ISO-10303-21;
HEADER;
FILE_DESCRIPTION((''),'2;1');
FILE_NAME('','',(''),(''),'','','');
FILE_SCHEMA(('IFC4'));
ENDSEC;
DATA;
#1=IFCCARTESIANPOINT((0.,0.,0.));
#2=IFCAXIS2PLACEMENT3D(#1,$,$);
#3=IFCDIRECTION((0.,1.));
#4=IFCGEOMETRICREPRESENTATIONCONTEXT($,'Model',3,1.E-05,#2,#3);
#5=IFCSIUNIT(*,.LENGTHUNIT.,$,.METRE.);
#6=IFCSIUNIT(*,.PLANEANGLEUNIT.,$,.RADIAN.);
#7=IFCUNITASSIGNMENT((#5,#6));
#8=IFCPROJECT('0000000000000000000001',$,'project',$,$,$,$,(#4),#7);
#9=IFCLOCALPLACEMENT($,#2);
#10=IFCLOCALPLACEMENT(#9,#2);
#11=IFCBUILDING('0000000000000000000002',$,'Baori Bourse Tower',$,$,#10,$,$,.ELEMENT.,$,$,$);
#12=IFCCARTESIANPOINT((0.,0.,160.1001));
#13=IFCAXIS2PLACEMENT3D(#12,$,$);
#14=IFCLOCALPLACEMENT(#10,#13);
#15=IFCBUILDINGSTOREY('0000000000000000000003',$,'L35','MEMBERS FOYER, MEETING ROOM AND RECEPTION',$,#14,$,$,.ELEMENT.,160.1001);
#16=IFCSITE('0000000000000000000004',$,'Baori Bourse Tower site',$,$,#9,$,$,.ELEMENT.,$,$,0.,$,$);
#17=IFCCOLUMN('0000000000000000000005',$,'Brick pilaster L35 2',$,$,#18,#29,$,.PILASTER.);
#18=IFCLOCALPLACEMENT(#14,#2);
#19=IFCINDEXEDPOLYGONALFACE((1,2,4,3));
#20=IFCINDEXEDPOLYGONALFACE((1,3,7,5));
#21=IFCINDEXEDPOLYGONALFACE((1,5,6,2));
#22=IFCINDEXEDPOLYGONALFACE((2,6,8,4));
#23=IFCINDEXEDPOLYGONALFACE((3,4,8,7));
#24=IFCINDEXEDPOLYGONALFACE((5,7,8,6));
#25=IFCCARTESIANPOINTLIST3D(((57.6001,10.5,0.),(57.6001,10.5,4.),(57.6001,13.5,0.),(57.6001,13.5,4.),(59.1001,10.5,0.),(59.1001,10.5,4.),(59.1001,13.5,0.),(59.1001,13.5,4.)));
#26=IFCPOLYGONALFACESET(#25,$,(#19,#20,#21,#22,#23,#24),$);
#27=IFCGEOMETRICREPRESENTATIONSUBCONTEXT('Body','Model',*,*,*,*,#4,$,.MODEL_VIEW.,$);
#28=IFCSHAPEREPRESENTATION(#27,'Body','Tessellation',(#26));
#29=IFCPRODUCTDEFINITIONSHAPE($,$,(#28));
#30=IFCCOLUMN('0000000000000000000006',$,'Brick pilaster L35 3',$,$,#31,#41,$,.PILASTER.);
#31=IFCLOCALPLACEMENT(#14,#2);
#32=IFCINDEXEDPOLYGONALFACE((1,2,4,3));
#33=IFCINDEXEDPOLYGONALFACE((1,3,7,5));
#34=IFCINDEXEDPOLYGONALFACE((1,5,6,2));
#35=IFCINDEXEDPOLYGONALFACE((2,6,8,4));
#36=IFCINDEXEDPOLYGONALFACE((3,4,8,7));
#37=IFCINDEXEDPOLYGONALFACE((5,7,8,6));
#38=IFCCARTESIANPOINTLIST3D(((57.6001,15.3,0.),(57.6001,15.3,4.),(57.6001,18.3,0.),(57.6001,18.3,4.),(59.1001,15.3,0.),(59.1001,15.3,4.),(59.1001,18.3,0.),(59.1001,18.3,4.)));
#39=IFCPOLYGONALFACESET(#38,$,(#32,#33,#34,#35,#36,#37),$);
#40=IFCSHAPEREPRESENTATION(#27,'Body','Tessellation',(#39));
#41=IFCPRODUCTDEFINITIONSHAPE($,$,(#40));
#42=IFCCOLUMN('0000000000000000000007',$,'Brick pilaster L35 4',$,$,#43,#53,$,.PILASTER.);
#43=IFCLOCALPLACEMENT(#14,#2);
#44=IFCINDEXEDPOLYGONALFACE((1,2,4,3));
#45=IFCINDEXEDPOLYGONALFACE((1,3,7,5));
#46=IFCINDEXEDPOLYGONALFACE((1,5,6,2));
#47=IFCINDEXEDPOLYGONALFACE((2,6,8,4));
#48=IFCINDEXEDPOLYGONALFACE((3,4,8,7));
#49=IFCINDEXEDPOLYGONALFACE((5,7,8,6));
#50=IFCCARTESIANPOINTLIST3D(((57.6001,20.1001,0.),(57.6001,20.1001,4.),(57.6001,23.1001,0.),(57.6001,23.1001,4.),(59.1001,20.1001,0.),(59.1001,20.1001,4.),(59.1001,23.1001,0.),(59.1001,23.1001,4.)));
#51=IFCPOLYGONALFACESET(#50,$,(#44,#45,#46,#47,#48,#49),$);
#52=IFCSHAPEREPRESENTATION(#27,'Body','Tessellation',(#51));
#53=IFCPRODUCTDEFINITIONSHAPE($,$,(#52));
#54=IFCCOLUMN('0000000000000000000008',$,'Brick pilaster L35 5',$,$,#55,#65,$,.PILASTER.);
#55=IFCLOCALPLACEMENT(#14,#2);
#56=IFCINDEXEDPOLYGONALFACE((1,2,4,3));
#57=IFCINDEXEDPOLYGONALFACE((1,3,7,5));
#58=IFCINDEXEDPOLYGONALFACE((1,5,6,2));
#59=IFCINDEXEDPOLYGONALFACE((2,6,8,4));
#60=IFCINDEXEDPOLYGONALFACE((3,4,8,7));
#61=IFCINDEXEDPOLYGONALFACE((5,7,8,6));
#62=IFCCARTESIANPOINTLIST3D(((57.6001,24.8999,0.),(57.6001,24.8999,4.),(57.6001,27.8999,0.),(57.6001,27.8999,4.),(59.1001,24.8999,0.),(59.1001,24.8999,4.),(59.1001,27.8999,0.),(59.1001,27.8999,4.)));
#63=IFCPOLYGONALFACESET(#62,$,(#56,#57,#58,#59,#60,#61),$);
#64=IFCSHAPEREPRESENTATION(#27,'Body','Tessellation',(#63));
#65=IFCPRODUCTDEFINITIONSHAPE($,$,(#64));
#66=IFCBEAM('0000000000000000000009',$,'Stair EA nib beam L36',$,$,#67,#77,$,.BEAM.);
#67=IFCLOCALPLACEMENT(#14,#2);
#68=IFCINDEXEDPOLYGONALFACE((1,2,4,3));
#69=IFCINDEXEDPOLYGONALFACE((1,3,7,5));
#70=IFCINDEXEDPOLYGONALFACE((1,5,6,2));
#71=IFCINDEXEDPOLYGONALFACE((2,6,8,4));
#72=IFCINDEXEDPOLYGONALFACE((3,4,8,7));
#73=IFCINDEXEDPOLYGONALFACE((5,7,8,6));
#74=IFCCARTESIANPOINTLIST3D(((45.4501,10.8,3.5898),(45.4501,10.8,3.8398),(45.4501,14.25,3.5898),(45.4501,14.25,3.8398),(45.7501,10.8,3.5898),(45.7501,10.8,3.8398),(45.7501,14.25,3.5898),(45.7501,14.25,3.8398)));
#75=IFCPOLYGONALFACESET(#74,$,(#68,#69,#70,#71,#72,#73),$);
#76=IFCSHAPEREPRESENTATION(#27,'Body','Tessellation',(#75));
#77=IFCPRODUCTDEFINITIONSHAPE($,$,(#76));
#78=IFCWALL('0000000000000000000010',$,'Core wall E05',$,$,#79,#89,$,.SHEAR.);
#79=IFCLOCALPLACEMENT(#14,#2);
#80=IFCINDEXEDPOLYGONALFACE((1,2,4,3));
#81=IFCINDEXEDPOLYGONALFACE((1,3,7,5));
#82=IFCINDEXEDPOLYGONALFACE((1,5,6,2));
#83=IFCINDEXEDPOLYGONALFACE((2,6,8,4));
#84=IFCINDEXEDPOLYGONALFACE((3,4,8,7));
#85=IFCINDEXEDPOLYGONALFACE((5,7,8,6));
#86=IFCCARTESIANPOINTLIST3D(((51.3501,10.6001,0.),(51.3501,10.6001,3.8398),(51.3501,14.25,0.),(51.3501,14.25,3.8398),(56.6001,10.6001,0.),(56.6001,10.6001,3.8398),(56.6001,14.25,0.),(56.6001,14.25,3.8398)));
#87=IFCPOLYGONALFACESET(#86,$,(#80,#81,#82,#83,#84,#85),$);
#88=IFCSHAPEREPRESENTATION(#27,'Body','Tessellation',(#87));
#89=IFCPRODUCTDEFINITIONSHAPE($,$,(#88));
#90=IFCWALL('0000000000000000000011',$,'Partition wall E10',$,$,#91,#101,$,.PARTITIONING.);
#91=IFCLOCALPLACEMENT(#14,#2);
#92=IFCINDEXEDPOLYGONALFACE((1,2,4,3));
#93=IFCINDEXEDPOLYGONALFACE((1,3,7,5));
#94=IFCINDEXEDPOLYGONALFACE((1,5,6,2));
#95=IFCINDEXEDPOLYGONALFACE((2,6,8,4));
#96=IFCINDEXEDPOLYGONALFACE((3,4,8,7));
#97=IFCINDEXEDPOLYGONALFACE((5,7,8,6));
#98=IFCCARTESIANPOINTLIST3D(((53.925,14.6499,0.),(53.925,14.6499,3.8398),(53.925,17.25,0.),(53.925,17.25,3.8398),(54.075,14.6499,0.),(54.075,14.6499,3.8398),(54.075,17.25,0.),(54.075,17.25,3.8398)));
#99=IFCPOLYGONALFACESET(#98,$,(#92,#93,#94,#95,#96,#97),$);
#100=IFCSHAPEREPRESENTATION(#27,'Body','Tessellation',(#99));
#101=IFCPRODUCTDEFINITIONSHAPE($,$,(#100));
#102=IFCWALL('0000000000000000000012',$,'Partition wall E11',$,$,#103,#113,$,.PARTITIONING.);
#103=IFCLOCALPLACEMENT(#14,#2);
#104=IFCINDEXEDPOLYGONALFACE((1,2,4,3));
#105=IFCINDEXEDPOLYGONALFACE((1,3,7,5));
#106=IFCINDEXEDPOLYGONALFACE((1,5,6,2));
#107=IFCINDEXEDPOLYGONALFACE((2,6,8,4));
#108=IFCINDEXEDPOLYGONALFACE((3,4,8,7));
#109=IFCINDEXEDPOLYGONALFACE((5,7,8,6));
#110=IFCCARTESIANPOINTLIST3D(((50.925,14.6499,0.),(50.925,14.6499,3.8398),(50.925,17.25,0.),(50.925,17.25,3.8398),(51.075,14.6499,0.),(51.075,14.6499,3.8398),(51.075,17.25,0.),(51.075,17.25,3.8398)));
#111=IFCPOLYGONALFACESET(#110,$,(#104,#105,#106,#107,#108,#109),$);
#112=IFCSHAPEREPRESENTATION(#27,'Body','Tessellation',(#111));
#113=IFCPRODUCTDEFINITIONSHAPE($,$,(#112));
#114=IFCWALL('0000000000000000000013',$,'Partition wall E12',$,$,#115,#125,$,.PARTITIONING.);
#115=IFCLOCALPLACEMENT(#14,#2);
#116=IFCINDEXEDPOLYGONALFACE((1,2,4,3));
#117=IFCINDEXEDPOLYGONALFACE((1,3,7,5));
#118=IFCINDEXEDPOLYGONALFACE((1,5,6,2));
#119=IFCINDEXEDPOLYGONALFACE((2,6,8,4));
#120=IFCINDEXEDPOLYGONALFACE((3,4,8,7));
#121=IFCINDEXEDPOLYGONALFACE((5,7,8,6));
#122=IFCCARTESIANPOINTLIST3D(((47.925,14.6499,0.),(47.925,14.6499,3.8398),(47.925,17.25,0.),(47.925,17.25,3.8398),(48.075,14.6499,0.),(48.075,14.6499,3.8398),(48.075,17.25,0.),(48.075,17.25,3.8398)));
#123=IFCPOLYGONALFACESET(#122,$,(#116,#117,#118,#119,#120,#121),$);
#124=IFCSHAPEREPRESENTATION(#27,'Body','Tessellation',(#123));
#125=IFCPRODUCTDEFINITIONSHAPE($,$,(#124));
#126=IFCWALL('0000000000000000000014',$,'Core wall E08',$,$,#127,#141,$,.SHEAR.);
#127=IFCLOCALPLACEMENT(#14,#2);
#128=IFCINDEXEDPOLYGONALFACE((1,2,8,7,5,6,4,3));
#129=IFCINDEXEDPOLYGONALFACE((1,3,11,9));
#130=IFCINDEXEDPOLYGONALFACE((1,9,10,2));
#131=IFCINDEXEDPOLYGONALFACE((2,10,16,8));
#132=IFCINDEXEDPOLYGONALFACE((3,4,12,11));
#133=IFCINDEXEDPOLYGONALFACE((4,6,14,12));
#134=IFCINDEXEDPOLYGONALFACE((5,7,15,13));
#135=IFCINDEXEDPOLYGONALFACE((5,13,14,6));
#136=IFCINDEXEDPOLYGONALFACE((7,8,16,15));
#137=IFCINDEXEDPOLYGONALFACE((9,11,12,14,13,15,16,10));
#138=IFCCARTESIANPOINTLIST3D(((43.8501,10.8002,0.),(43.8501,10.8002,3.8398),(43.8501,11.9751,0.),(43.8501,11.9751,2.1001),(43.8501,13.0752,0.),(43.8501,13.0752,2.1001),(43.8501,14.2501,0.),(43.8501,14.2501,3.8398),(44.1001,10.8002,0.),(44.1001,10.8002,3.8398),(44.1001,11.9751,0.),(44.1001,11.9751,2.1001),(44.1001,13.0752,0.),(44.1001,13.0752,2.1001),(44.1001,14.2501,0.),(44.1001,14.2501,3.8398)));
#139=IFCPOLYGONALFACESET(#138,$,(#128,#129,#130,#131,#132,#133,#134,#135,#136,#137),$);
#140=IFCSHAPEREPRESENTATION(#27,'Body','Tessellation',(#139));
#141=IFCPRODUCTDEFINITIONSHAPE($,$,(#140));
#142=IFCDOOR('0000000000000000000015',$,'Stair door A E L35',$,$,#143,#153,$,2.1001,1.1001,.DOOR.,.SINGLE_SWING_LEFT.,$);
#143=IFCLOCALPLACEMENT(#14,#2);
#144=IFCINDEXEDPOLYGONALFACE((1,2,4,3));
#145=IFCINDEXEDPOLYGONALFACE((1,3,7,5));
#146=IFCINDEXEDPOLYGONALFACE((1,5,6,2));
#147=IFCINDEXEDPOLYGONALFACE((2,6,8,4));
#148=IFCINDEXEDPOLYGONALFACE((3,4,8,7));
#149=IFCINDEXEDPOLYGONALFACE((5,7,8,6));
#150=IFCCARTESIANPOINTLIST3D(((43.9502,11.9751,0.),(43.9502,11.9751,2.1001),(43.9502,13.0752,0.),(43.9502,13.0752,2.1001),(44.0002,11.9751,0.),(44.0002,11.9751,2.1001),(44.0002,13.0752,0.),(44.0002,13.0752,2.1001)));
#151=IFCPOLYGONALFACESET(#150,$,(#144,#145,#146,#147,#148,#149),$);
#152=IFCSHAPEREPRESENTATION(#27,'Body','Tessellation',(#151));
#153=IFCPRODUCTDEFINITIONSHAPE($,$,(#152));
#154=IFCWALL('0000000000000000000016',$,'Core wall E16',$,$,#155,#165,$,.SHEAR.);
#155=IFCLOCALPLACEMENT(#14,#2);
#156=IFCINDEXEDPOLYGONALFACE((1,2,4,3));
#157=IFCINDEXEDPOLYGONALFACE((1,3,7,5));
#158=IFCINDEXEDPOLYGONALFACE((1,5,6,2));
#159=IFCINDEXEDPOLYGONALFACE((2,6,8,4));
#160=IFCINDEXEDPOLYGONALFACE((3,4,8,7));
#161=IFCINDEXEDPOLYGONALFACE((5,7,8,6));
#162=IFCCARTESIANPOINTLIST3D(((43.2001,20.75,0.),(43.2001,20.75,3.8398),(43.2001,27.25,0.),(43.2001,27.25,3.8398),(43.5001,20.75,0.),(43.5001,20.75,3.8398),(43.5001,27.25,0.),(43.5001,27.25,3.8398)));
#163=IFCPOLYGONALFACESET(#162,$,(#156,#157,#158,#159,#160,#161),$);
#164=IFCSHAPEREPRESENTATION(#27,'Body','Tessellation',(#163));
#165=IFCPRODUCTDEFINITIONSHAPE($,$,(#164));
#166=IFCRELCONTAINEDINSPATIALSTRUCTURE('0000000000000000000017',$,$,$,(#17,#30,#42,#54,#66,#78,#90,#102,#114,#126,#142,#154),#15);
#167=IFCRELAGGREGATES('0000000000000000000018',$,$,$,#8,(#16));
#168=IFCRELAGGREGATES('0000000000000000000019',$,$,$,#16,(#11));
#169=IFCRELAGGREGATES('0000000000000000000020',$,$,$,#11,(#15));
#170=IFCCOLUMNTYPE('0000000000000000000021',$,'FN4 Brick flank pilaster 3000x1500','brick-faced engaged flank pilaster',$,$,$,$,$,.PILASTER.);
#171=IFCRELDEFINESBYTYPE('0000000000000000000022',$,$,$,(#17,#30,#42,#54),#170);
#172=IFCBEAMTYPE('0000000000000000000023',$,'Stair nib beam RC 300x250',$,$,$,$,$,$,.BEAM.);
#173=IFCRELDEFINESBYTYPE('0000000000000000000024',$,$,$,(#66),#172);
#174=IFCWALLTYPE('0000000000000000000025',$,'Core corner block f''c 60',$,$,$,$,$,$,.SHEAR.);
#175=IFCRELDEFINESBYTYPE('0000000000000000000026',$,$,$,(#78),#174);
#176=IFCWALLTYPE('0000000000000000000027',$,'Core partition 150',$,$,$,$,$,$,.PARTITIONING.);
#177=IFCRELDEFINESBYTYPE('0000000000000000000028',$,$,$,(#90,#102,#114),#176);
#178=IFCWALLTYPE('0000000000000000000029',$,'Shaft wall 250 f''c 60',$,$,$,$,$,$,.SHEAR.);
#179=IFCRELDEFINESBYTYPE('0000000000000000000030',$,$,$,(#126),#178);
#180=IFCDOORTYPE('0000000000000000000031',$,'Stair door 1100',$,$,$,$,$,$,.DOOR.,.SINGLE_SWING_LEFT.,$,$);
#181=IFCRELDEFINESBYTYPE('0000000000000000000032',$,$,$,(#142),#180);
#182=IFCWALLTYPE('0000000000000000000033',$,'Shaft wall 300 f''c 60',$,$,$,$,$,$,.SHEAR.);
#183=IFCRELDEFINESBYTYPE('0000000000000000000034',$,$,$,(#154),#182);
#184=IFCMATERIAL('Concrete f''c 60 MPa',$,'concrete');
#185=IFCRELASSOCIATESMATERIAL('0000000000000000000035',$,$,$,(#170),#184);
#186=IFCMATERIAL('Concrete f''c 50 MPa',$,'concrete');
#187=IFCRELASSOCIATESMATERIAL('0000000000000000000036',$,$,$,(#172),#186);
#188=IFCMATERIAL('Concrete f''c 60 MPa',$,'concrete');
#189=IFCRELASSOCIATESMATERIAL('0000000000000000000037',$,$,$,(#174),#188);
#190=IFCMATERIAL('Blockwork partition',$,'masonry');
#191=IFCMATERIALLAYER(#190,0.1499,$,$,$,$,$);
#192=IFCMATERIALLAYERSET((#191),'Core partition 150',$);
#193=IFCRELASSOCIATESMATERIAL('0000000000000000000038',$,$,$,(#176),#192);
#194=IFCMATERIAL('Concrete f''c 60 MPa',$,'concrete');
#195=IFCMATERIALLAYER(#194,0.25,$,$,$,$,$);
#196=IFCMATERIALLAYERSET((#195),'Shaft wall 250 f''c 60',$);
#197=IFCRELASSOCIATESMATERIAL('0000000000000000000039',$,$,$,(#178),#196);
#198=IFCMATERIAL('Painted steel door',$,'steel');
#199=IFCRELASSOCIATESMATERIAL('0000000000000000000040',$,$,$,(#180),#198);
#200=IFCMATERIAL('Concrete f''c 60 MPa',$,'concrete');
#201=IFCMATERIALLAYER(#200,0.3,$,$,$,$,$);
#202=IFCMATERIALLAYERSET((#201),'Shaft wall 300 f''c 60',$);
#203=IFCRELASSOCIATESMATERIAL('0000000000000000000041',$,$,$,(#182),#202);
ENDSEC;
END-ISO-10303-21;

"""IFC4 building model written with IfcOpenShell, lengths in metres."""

from ifc_helpers import new_model, si_unit, direction, frame, frame_2d, origin, origin_2d, place, context, subcontext, project, spatial, rectangle, extrude, material, layer, layer_set, material_profile, profile_set, type_object, element, fill, save


model = new_model("IFC4")

# Units and contexts
model_context = context("Model", 3, precision=1e-05, world=origin(), true_north=direction((0.0, 1.0)))
body_context = subcontext(model_context, "Body", "Model", "MODEL_VIEW")
ifc_project = project(units=[si_unit("LENGTHUNIT", "METRE"), si_unit("PLANEANGLEUNIT", "RADIAN")], contexts=[model_context])

# Site, building, storey
site_placement = place(None, origin())
site = spatial("IfcSite", under=ifc_project, at=site_placement, Name="Baori Bourse Tower site", CompositionType="ELEMENT", RefElevation=0.0)
building_placement = place(site_placement, origin())
building = spatial("IfcBuilding", under=site, at=building_placement, Name="Baori Bourse Tower", CompositionType="ELEMENT")
storey_placement = place(building_placement, frame((0.0, 0.0, 160.1001)))
storey = spatial("IfcBuildingStorey", under=building, at=storey_placement, Name="L35", Description="MEMBERS FOYER, MEETING ROOM AND RECEPTION", CompositionType="ELEMENT", Elevation=160.1001)

# Columns
ifc_material_1 = material(Name="Concrete f'c 60 MPa", Category="concrete")
ifc_material_profile_1 = material_profile(ifc_material_1, rectangle(XDim=3.0, YDim=1.5, at=origin_2d()), Name="RC 3000x1500")
ifc_profile_set_1 = profile_set([ifc_material_profile_1], Name="Concrete f'c 60 MPa")
column_type = type_object("IfcColumnType", Name="FN4 Brick flank pilaster 3000x1500", Description="brick-faced engaged flank pilaster", PredefinedType="PILASTER", material=ifc_profile_set_1)
for number, where, z_axis, x_axis, name in (
    (1, (58.3501, 12.0, 0.0), (0.0, 0.0, 1.0), (0.0, 1.0, 0.0), "Brick pilaster L35 2"),
    (2, (58.3501, 16.8, 0.0), (0.0, 0.0, 1.0), (0.0, 1.0, 0.0), "Brick pilaster L35 3"),
    (3, (58.3501, 21.6001, 0.0), (0.0, 0.0, 1.0), (0.0, 1.0, 0.0), "Brick pilaster L35 4"),
    (4, (58.3501, 26.3999, 0.0), (0.0, 0.0, 1.0), (0.0, 1.0, 0.0), "Brick pilaster L35 5"),
):
    element("IfcColumn", number, at=place(storey_placement, frame(where, z_axis=z_axis, x_axis=x_axis)), inside=storey, type_object=column_type, Name=name, PredefinedType="PILASTER", context=body_context, shape_type="SweptSolid", body=[
        extrude(rectangle(XDim=3.0, YDim=1.5, at=origin_2d()), origin(), (0.0, 0.0, 1.0), 4.0),
    ])

# Beam
ifc_material_2 = material(Name="Concrete f'c 50 MPa", Category="concrete")
ifc_material_profile_2 = material_profile(ifc_material_2, rectangle(XDim=0.3, YDim=0.25, at=origin_2d()), Name="RC 300x250")
ifc_profile_set_2 = profile_set([ifc_material_profile_2], Name="Concrete f'c 50 MPa")
beam_type = type_object("IfcBeamType", Name="Stair nib beam RC 300x250", PredefinedType="BEAM", material=ifc_profile_set_2)
beam_placement = place(storey_placement, frame((45.6001, 10.8, 3.7148), z_axis=(0.0, 1.0, 0.0), x_axis=(-1.0, 0.0, 0.0)))
element("IfcBeam", 5, at=beam_placement, inside=storey, type_object=beam_type, Name="Stair EA nib beam L36", PredefinedType="BEAM", context=body_context, shape_type="SweptSolid", body=[
    extrude(rectangle(XDim=0.3, YDim=0.25, at=origin_2d()), origin(), (0.0, 0.0, 1.0), 3.45),
])

# Walls
ifc_material_3 = material(Name="Concrete f'c 60 MPa", Category="concrete")
wall_type_1 = type_object("IfcWallType", Name="Core corner block f'c 60", PredefinedType="SHEAR", material=ifc_material_3)
wall_1_placement = place(storey_placement, frame((51.3501, 12.425, 0.0), z_axis=(0.0, 0.0, 1.0), x_axis=(1.0, 0.0, 0.0)))
element("IfcWall", 6, at=wall_1_placement, inside=storey, type_object=wall_type_1, Name="Core wall E05", PredefinedType="SHEAR", context=body_context, shape_type="SweptSolid", body=[
    extrude(rectangle(XDim=5.25, YDim=3.6499, at=frame_2d((2.625, 0.0))), origin(), (0.0, 0.0, 1.0), 3.8398),
])
ifc_material_4 = material(Name="Blockwork partition", Category="masonry")
ifc_layer_1 = layer(ifc_material_4, 0.1499)
ifc_layer_set_1 = layer_set([ifc_layer_1], Name="Core partition 150")
wall_type_2 = type_object("IfcWallType", Name="Core partition 150", PredefinedType="PARTITIONING", material=ifc_layer_set_1)
for number, where, z_axis, x_axis, name in (
    (7, (54.0, 14.6499, 0.0), (0.0, 0.0, 1.0), (0.0, 1.0, 0.0), "Partition wall E10"),
    (8, (51.0, 14.6499, 0.0), (0.0, 0.0, 1.0), (0.0, 1.0, 0.0), "Partition wall E11"),
    (9, (48.0, 14.6499, 0.0), (0.0, 0.0, 1.0), (0.0, 1.0, 0.0), "Partition wall E12"),
):
    element("IfcWall", number, at=place(storey_placement, frame(where, z_axis=z_axis, x_axis=x_axis)), inside=storey, type_object=wall_type_2, Name=name, PredefinedType="PARTITIONING", context=body_context, shape_type="SweptSolid", body=[
        extrude(rectangle(XDim=2.6001, YDim=0.1499, at=frame_2d((1.3, 0.0))), origin(), (0.0, 0.0, 1.0), 3.8398),
    ])

# Wall, opening, door
ifc_material_5 = material(Name="Concrete f'c 60 MPa", Category="concrete")
ifc_layer_2 = layer(ifc_material_5, 0.25)
ifc_layer_set_2 = layer_set([ifc_layer_2], Name="Shaft wall 250 f'c 60")
wall_type_3 = type_object("IfcWallType", Name="Shaft wall 250 f'c 60", PredefinedType="SHEAR", material=ifc_layer_set_2)
wall_2_placement = place(storey_placement, frame((43.9751, 10.8, 0.0), z_axis=(0.0, 0.0, 1.0), x_axis=(0.0, 1.0, 0.0)))
wall_2 = element("IfcWall", 10, at=wall_2_placement, inside=storey, type_object=wall_type_3, Name="Core wall E08", PredefinedType="SHEAR", context=body_context, shape_type="SweptSolid", body=[
    extrude(rectangle(XDim=3.45, YDim=0.25, at=frame_2d((1.7251, 0.0))), origin(), (0.0, 0.0, 1.0), 3.8398),
])
opening_1_placement = place(wall_2_placement, frame((1.175, 0.0, 0.0)))
opening_1 = element("IfcOpeningElement", 11, at=opening_1_placement, cuts=wall_2, PredefinedType="OPENING", context=body_context, shape_type="SweptSolid", body=[
    extrude(rectangle(XDim=1.1001, YDim=2.1001, at=frame_2d((0.55, 1.05))), frame((0.0, 0.135, 0.0), z_axis=(0.0, -1.0, 0.0), x_axis=(1.0, 0.0, 0.0)), (0.0, 0.0, 1.0), 0.27),
])
ifc_material_6 = material(Name="Painted steel door", Category="steel")
door_type_1 = type_object("IfcDoorType", Name="Stair door 1100", OperationType="SINGLE_SWING_LEFT", PredefinedType="DOOR", material=ifc_material_6)
door_1_placement = place(opening_1_placement, origin())
door_1 = element("IfcDoor", 12, at=door_1_placement, inside=storey, type_object=door_type_1, Name="Stair door A E L35", OperationType="SINGLE_SWING_LEFT", OverallHeight=2.1001, OverallWidth=1.1001, PredefinedType="DOOR", context=body_context, shape_type="SweptSolid", body=[
    extrude(rectangle(XDim=1.1001, YDim=2.1001, at=frame_2d((0.55, 1.05))), frame((0.0, 0.0249, 0.0), z_axis=(0.0, -1.0, 0.0), x_axis=(1.0, 0.0, 0.0)), (0.0, 0.0, 1.0), 0.05),
])
fill(opening_1, door_1)

# Wall
ifc_material_7 = material(Name="Concrete f'c 60 MPa", Category="concrete")
ifc_layer_3 = layer(ifc_material_7, 0.3)
ifc_layer_set_3 = layer_set([ifc_layer_3], Name="Shaft wall 300 f'c 60")
wall_type_4 = type_object("IfcWallType", Name="Shaft wall 300 f'c 60", PredefinedType="SHEAR", material=ifc_layer_set_3)
wall_3_placement = place(storey_placement, frame((43.3501, 20.75, 0.0), z_axis=(0.0, 0.0, 1.0), x_axis=(0.0, 1.0, 0.0)))
element("IfcWall", 13, at=wall_3_placement, inside=storey, type_object=wall_type_4, Name="Core wall E16", PredefinedType="SHEAR", context=body_context, shape_type="SweptSolid", body=[
    extrude(rectangle(XDim=6.5, YDim=0.3, at=frame_2d((3.25, 0.0))), origin(), (0.0, 0.0, 1.0), 3.8398),
])

save(model, "model.ifc")
